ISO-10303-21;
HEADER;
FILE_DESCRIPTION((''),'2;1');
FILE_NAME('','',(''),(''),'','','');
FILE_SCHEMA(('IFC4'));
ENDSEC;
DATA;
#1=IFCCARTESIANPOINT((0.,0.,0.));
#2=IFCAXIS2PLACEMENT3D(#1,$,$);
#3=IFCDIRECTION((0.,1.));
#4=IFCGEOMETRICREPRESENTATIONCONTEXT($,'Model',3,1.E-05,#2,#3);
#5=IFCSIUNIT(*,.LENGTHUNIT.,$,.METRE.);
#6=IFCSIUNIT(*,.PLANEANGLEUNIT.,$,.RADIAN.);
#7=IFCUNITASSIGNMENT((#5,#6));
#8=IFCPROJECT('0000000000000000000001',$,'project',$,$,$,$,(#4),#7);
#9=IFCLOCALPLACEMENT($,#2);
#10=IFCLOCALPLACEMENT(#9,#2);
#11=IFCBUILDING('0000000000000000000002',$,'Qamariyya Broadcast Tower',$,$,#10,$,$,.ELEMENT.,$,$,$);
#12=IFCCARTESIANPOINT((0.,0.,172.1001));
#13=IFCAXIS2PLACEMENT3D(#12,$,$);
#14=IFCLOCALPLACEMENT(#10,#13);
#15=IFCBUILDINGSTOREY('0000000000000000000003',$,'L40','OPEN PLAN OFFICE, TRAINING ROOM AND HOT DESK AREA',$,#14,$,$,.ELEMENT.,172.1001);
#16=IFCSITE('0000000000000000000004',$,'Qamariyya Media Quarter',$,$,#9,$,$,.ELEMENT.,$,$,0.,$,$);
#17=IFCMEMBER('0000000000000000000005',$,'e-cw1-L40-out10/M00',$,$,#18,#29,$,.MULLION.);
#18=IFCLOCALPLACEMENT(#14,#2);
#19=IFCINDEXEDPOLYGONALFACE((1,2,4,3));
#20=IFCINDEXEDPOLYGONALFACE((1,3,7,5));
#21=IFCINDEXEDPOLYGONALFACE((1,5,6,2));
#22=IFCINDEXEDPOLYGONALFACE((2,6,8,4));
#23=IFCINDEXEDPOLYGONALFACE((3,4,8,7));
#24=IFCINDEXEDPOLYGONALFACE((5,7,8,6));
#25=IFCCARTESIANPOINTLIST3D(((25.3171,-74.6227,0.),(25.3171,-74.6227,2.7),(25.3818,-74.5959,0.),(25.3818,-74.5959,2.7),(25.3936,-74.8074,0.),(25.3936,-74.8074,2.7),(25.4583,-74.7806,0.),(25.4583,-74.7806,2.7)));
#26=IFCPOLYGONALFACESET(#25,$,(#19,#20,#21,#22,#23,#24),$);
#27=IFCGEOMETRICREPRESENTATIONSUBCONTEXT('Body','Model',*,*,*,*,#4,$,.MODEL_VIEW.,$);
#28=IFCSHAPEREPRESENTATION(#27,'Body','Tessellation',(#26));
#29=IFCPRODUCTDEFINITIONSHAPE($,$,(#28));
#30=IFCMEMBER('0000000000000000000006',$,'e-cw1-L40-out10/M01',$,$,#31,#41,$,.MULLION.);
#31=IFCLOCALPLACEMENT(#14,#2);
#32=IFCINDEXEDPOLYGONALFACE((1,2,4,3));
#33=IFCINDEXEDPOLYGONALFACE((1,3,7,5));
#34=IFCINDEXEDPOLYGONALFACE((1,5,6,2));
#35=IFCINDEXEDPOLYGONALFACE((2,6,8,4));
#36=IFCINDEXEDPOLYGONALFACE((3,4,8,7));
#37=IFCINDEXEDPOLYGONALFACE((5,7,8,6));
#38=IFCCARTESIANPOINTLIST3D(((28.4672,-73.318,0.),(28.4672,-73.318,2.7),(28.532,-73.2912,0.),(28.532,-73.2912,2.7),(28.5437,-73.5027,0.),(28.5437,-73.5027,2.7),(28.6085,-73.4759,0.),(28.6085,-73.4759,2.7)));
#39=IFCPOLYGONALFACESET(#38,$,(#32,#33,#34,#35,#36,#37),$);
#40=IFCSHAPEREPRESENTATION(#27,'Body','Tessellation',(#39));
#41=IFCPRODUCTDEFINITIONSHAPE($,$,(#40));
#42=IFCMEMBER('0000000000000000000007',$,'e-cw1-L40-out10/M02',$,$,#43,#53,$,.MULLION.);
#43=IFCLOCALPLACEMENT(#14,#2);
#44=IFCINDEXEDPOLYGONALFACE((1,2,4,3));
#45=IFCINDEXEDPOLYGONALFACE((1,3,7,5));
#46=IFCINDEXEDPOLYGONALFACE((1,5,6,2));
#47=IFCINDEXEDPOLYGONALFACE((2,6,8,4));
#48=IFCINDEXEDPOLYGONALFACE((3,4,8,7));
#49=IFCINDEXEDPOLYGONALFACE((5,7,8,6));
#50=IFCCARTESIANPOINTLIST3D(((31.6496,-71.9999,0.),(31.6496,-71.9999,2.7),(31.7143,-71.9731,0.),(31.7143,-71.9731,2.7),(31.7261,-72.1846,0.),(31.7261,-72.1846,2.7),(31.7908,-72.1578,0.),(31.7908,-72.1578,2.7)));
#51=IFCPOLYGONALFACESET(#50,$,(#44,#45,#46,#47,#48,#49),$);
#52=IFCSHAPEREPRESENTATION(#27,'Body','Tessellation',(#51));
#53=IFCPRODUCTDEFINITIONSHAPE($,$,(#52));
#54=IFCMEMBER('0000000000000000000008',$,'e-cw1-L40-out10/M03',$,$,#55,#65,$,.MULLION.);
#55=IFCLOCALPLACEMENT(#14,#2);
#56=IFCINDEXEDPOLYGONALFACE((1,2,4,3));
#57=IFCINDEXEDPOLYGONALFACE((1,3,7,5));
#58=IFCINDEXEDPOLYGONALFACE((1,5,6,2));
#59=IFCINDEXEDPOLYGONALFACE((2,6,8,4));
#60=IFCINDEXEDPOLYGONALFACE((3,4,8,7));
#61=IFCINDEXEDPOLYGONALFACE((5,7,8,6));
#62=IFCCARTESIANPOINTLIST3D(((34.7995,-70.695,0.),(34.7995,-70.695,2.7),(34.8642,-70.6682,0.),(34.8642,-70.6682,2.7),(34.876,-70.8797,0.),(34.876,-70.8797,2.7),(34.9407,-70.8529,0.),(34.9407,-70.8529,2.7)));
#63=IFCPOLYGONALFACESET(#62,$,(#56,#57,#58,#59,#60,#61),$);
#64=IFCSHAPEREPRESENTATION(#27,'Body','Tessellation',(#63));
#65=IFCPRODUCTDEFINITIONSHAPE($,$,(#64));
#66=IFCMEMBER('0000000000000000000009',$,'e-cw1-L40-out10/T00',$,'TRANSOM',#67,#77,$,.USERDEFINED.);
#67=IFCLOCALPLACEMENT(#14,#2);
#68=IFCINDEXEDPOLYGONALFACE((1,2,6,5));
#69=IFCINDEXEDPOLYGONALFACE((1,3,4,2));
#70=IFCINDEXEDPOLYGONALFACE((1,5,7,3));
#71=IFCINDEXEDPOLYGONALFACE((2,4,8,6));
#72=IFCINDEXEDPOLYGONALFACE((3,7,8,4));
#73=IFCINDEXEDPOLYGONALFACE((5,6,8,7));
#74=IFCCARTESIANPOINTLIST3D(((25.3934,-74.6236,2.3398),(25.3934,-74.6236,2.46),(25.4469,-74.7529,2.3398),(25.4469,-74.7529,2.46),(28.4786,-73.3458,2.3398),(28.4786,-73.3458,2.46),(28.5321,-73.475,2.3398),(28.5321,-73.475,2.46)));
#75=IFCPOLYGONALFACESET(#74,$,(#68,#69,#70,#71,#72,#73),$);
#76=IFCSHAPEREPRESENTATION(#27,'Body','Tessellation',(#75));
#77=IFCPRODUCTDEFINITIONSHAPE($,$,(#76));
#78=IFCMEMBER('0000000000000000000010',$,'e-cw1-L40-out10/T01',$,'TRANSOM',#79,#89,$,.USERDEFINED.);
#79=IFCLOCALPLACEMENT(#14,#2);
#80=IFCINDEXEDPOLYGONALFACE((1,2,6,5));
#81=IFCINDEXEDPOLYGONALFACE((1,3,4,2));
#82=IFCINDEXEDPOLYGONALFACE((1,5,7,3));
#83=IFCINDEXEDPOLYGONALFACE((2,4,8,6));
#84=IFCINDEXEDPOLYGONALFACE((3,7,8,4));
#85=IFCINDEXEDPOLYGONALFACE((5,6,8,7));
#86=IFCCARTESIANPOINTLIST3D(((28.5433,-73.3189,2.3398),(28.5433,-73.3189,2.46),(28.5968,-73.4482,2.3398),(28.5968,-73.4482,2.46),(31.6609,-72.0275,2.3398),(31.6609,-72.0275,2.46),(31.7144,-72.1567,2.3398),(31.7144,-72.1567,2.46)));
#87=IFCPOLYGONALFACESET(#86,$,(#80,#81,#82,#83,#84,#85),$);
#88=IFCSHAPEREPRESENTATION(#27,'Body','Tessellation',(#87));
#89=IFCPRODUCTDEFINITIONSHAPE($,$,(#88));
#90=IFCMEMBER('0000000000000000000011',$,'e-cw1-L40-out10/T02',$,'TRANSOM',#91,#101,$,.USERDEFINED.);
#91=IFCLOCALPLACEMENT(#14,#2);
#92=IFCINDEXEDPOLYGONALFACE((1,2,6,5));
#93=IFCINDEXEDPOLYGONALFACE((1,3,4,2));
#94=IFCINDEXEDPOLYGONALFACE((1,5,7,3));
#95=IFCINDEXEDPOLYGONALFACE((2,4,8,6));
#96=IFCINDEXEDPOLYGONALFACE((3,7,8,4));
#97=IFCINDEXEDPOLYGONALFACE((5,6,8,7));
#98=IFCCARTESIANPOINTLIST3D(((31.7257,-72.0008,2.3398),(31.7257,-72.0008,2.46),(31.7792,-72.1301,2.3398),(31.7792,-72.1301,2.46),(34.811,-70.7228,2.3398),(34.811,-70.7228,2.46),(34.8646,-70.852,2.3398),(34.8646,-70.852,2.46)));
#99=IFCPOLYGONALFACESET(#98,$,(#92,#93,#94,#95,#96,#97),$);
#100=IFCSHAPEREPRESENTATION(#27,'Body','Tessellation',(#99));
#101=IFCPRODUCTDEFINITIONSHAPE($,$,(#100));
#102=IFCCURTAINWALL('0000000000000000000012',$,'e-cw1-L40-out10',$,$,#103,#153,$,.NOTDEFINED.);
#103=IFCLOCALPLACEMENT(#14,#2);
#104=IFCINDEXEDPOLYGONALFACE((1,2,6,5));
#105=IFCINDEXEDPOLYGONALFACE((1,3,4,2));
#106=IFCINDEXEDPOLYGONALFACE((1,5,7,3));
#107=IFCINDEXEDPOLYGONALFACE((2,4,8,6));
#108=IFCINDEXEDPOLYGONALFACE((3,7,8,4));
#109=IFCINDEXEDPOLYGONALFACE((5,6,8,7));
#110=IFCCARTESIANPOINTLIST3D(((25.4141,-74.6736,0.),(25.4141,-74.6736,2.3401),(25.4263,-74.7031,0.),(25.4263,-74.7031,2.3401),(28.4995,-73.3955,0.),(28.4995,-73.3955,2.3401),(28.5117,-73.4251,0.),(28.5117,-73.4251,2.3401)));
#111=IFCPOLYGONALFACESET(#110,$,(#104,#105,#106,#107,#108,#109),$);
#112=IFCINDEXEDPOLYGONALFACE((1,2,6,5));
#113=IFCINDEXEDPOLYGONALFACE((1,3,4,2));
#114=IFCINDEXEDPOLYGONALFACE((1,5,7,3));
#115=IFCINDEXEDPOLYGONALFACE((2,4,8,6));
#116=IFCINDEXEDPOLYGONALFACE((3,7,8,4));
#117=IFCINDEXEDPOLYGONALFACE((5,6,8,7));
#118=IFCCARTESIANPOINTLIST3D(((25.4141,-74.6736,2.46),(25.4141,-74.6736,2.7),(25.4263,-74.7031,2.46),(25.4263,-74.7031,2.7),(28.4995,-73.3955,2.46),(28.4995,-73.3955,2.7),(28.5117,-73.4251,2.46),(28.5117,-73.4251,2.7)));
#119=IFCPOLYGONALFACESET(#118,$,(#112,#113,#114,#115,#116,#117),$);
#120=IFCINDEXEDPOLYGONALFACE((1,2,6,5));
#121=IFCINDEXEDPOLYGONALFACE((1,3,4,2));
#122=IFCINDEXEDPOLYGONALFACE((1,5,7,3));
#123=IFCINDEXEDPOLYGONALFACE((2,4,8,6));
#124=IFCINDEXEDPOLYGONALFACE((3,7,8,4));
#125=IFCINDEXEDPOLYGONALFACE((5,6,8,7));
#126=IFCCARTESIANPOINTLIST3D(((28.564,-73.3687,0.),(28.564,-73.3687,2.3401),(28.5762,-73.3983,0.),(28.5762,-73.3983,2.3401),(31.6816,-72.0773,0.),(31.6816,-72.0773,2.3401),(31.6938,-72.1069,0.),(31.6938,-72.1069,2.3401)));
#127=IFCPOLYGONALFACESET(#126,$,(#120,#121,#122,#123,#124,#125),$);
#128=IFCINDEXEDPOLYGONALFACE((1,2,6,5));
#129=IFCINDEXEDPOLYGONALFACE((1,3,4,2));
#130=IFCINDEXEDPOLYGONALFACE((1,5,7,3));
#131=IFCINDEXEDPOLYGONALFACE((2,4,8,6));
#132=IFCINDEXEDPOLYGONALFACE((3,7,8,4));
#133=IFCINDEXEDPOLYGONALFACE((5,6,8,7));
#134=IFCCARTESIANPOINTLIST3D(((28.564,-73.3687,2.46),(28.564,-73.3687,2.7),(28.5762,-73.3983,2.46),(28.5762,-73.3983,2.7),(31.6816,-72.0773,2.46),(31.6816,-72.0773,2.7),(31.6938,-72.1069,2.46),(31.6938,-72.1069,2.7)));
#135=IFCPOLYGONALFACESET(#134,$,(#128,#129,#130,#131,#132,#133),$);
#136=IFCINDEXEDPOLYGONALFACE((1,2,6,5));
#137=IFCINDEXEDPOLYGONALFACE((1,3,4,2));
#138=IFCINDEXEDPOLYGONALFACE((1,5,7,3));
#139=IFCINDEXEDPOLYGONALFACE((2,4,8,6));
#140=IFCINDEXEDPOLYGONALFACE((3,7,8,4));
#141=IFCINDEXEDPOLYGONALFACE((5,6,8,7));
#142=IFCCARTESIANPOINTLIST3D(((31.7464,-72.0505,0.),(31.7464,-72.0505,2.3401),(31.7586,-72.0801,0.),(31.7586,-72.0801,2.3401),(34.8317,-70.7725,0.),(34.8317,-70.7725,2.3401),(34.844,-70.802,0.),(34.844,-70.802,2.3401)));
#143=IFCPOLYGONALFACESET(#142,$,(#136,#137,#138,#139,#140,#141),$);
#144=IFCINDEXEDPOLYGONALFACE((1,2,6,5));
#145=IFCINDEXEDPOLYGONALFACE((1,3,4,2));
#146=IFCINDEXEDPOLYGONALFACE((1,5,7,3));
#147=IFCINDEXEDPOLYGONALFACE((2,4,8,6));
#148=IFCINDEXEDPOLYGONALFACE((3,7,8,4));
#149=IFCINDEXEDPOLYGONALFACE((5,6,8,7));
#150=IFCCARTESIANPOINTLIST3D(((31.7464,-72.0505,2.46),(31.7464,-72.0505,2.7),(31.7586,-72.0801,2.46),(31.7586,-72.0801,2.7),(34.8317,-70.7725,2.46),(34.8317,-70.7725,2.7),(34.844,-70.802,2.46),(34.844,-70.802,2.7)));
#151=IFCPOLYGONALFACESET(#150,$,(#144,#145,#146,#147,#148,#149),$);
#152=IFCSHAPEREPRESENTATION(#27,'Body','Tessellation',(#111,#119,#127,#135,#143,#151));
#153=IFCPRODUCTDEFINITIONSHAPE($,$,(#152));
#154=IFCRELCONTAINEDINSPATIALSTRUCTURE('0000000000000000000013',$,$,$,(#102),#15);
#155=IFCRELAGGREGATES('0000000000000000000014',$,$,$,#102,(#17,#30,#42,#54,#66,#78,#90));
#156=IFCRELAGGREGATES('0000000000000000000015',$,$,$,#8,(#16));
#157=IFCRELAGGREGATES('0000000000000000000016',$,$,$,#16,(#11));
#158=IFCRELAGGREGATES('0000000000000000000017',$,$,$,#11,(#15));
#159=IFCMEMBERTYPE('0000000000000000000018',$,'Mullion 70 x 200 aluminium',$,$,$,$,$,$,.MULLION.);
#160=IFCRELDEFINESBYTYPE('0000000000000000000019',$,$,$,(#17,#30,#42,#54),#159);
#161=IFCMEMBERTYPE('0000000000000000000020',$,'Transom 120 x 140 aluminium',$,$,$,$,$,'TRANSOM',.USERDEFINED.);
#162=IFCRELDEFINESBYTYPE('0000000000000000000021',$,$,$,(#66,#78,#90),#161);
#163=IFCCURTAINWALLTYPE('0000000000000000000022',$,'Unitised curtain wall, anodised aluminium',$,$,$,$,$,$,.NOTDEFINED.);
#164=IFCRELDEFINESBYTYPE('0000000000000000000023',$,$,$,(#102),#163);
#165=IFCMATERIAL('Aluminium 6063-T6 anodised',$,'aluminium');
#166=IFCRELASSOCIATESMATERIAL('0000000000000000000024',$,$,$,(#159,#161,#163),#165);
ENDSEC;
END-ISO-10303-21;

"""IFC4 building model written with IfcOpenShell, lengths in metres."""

from ifc_helpers import new_model, si_unit, direction, frame, origin, origin_2d, place, context, subcontext, project, spatial, rectangle, extrude, material, material_profile, profile_set, type_object, element, aggregate, save


model = new_model("IFC4")

# Units and contexts
model_context = context("Model", 3, precision=1e-05, world=origin(), true_north=direction((0.0, 1.0)))
body_context = subcontext(model_context, "Body", "Model", "MODEL_VIEW")
ifc_project = project(units=[si_unit("LENGTHUNIT", "METRE"), si_unit("PLANEANGLEUNIT", "RADIAN")], contexts=[model_context])

# Members
ifc_material = material(Name="Aluminium 6063-T6 anodised", Category="aluminium")
ifc_material_profile_1 = material_profile(ifc_material, rectangle(XDim=0.2, YDim=0.0701, at=origin_2d()))
ifc_profile_set_1 = profile_set([ifc_material_profile_1], Name="Aluminium 6063-T6 anodised")
member_type_1 = type_object("IfcMemberType", Name="Mullion 70 x 200 aluminium", PredefinedType="MULLION", material=ifc_profile_set_1)
site_placement = place(None, origin())
building_placement = place(site_placement, origin())
storey_placement = place(building_placement, frame((0.0, 0.0, 172.1001)))
member_1_placement = place(storey_placement, frame((25.3877, -74.7017, 0.0), z_axis=(0.0, 0.0, 1.0), x_axis=(-0.382683, 0.92388, 0.0)))
member_1 = element("IfcMember", 1, at=member_1_placement, type_object=member_type_1, Name="e-cw1-L40-out10/M00", PredefinedType="MULLION", context=body_context, shape_type="SweptSolid", body=[
    extrude(rectangle(XDim=0.2, YDim=0.0701, at=origin_2d()), origin(), (0.0, 0.0, 1.0), 2.7),
])
member_2_placement = place(storey_placement, frame((28.5378, -73.397, 0.0), z_axis=(0.0, 0.0, 1.0), x_axis=(-0.382683, 0.92388, 0.0)))
member_2 = element("IfcMember", 2, at=member_2_placement, type_object=member_type_1, Name="e-cw1-L40-out10/M01", PredefinedType="MULLION", context=body_context, shape_type="SweptSolid", body=[
    extrude(rectangle(XDim=0.2, YDim=0.0701, at=origin_2d()), origin(), (0.0, 0.0, 1.0), 2.7),
])
member_3_placement = place(storey_placement, frame((31.7202, -72.0789, 0.0), z_axis=(0.0, 0.0, 1.0), x_axis=(-0.382683, 0.92388, 0.0)))
member_3 = element("IfcMember", 3, at=member_3_placement, type_object=member_type_1, Name="e-cw1-L40-out10/M02", PredefinedType="MULLION", context=body_context, shape_type="SweptSolid", body=[
    extrude(rectangle(XDim=0.2, YDim=0.0701, at=origin_2d()), origin(), (0.0, 0.0, 1.0), 2.7),
])
member_4_placement = place(storey_placement, frame((34.8701, -70.7739, 0.0), z_axis=(0.0, 0.0, 1.0), x_axis=(-0.382683, 0.92388, 0.0)))
member_4 = element("IfcMember", 4, at=member_4_placement, type_object=member_type_1, Name="e-cw1-L40-out10/M03", PredefinedType="MULLION", context=body_context, shape_type="SweptSolid", body=[
    extrude(rectangle(XDim=0.2, YDim=0.0701, at=origin_2d()), origin(), (0.0, 0.0, 1.0), 2.7),
])
ifc_material_profile_2 = material_profile(ifc_material, rectangle(XDim=0.1399, YDim=0.1201, at=origin_2d()))
ifc_profile_set_2 = profile_set([ifc_material_profile_2], Name="Aluminium 6063-T6 anodised")
member_type_2 = type_object("IfcMemberType", Name="Transom 120 x 140 aluminium", ElementType="TRANSOM", PredefinedType="USERDEFINED", material=ifc_profile_set_2)
member_5_placement = place(storey_placement, frame((25.4202, -74.6882, 2.3999), z_axis=(0.92389, 0.382657, 0.0), x_axis=(-0.382657, 0.92389, 0.0)))
member_5 = element("IfcMember", 5, at=member_5_placement, type_object=member_type_2, Name="e-cw1-L40-out10/T00", ObjectType="TRANSOM", PredefinedType="USERDEFINED", context=body_context, shape_type="SweptSolid", body=[
    extrude(rectangle(XDim=0.1399, YDim=0.1201, at=origin_2d()), origin(), (0.0, 0.0, 1.0), 3.3394),
])
member_6_placement = place(storey_placement, frame((28.5701, -73.3835, 2.3999), z_axis=(0.923867, 0.382714, 0.0), x_axis=(-0.382714, 0.923867, 0.0)))
member_6 = element("IfcMember", 6, at=member_6_placement, type_object=member_type_2, Name="e-cw1-L40-out10/T01", ObjectType="TRANSOM", PredefinedType="USERDEFINED", context=body_context, shape_type="SweptSolid", body=[
    extrude(rectangle(XDim=0.1399, YDim=0.1201, at=origin_2d()), origin(), (0.0, 0.0, 1.0), 3.3745),
])
member_7_placement = place(storey_placement, frame((31.7524, -72.0654, 2.3999), z_axis=(0.923875, 0.382694, 0.0), x_axis=(-0.382694, 0.923875, 0.0)))
member_7 = element("IfcMember", 7, at=member_7_placement, type_object=member_type_2, Name="e-cw1-L40-out10/T02", ObjectType="TRANSOM", PredefinedType="USERDEFINED", context=body_context, shape_type="SweptSolid", body=[
    extrude(rectangle(XDim=0.1399, YDim=0.1201, at=origin_2d()), origin(), (0.0, 0.0, 1.0), 3.3396),
])

# Site, building, storey
site = spatial("IfcSite", under=ifc_project, at=site_placement, Name="Qamariyya Media Quarter", CompositionType="ELEMENT", RefElevation=0.0)
building = spatial("IfcBuilding", under=site, at=building_placement, Name="Qamariyya Broadcast Tower", CompositionType="ELEMENT")
storey = spatial("IfcBuildingStorey", under=building, at=storey_placement, Name="L40", Description="OPEN PLAN OFFICE, TRAINING ROOM AND HOT DESK AREA", CompositionType="ELEMENT", Elevation=172.1001)

# Curtain wall
curtain_wall_type = type_object("IfcCurtainWallType", Name="Unitised curtain wall, anodised aluminium", PredefinedType="NOTDEFINED", material=ifc_material)
curtain_wall_1_placement = place(storey_placement, origin())
curtain_wall_1 = element("IfcCurtainWall", 8, at=curtain_wall_1_placement, inside=storey, type_object=curtain_wall_type, Name="e-cw1-L40-out10", PredefinedType="NOTDEFINED", context=body_context, shape_type="SweptSolid", body=[
    extrude(rectangle(XDim=3.3396, YDim=0.032, at=origin_2d()), frame((26.9629, -74.0493, 0.0), x_axis=(0.923878, 0.382687, 0.0)), (0.0, 0.0, 1.0), 2.3401),
    extrude(rectangle(XDim=3.3396, YDim=0.032, at=origin_2d()), frame((26.9629, -74.0493, 2.46), x_axis=(0.923878, 0.382687, 0.0)), (0.0, 0.0, 1.0), 0.24),
    extrude(rectangle(XDim=3.3745, YDim=0.032, at=origin_2d()), frame((30.1289, -72.7378, 0.0), x_axis=(0.923878, 0.382687, 0.0)), (0.0, 0.0, 1.0), 2.3401),
    extrude(rectangle(XDim=3.3745, YDim=0.032, at=origin_2d()), frame((30.1289, -72.7378, 2.46), x_axis=(0.923878, 0.382687, 0.0)), (0.0, 0.0, 1.0), 0.24),
    extrude(rectangle(XDim=3.3396, YDim=0.032, at=origin_2d()), frame((33.2952, -71.4263, 0.0), x_axis=(0.923878, 0.382687, 0.0)), (0.0, 0.0, 1.0), 2.3401),
    extrude(rectangle(XDim=3.3396, YDim=0.032, at=origin_2d()), frame((33.2952, -71.4263, 2.46), x_axis=(0.923878, 0.382687, 0.0)), (0.0, 0.0, 1.0), 0.24),
])
aggregate(curtain_wall_1, [member_1, member_2, member_3, member_4, member_5, member_6, member_7])

save(model, "model.ifc")
